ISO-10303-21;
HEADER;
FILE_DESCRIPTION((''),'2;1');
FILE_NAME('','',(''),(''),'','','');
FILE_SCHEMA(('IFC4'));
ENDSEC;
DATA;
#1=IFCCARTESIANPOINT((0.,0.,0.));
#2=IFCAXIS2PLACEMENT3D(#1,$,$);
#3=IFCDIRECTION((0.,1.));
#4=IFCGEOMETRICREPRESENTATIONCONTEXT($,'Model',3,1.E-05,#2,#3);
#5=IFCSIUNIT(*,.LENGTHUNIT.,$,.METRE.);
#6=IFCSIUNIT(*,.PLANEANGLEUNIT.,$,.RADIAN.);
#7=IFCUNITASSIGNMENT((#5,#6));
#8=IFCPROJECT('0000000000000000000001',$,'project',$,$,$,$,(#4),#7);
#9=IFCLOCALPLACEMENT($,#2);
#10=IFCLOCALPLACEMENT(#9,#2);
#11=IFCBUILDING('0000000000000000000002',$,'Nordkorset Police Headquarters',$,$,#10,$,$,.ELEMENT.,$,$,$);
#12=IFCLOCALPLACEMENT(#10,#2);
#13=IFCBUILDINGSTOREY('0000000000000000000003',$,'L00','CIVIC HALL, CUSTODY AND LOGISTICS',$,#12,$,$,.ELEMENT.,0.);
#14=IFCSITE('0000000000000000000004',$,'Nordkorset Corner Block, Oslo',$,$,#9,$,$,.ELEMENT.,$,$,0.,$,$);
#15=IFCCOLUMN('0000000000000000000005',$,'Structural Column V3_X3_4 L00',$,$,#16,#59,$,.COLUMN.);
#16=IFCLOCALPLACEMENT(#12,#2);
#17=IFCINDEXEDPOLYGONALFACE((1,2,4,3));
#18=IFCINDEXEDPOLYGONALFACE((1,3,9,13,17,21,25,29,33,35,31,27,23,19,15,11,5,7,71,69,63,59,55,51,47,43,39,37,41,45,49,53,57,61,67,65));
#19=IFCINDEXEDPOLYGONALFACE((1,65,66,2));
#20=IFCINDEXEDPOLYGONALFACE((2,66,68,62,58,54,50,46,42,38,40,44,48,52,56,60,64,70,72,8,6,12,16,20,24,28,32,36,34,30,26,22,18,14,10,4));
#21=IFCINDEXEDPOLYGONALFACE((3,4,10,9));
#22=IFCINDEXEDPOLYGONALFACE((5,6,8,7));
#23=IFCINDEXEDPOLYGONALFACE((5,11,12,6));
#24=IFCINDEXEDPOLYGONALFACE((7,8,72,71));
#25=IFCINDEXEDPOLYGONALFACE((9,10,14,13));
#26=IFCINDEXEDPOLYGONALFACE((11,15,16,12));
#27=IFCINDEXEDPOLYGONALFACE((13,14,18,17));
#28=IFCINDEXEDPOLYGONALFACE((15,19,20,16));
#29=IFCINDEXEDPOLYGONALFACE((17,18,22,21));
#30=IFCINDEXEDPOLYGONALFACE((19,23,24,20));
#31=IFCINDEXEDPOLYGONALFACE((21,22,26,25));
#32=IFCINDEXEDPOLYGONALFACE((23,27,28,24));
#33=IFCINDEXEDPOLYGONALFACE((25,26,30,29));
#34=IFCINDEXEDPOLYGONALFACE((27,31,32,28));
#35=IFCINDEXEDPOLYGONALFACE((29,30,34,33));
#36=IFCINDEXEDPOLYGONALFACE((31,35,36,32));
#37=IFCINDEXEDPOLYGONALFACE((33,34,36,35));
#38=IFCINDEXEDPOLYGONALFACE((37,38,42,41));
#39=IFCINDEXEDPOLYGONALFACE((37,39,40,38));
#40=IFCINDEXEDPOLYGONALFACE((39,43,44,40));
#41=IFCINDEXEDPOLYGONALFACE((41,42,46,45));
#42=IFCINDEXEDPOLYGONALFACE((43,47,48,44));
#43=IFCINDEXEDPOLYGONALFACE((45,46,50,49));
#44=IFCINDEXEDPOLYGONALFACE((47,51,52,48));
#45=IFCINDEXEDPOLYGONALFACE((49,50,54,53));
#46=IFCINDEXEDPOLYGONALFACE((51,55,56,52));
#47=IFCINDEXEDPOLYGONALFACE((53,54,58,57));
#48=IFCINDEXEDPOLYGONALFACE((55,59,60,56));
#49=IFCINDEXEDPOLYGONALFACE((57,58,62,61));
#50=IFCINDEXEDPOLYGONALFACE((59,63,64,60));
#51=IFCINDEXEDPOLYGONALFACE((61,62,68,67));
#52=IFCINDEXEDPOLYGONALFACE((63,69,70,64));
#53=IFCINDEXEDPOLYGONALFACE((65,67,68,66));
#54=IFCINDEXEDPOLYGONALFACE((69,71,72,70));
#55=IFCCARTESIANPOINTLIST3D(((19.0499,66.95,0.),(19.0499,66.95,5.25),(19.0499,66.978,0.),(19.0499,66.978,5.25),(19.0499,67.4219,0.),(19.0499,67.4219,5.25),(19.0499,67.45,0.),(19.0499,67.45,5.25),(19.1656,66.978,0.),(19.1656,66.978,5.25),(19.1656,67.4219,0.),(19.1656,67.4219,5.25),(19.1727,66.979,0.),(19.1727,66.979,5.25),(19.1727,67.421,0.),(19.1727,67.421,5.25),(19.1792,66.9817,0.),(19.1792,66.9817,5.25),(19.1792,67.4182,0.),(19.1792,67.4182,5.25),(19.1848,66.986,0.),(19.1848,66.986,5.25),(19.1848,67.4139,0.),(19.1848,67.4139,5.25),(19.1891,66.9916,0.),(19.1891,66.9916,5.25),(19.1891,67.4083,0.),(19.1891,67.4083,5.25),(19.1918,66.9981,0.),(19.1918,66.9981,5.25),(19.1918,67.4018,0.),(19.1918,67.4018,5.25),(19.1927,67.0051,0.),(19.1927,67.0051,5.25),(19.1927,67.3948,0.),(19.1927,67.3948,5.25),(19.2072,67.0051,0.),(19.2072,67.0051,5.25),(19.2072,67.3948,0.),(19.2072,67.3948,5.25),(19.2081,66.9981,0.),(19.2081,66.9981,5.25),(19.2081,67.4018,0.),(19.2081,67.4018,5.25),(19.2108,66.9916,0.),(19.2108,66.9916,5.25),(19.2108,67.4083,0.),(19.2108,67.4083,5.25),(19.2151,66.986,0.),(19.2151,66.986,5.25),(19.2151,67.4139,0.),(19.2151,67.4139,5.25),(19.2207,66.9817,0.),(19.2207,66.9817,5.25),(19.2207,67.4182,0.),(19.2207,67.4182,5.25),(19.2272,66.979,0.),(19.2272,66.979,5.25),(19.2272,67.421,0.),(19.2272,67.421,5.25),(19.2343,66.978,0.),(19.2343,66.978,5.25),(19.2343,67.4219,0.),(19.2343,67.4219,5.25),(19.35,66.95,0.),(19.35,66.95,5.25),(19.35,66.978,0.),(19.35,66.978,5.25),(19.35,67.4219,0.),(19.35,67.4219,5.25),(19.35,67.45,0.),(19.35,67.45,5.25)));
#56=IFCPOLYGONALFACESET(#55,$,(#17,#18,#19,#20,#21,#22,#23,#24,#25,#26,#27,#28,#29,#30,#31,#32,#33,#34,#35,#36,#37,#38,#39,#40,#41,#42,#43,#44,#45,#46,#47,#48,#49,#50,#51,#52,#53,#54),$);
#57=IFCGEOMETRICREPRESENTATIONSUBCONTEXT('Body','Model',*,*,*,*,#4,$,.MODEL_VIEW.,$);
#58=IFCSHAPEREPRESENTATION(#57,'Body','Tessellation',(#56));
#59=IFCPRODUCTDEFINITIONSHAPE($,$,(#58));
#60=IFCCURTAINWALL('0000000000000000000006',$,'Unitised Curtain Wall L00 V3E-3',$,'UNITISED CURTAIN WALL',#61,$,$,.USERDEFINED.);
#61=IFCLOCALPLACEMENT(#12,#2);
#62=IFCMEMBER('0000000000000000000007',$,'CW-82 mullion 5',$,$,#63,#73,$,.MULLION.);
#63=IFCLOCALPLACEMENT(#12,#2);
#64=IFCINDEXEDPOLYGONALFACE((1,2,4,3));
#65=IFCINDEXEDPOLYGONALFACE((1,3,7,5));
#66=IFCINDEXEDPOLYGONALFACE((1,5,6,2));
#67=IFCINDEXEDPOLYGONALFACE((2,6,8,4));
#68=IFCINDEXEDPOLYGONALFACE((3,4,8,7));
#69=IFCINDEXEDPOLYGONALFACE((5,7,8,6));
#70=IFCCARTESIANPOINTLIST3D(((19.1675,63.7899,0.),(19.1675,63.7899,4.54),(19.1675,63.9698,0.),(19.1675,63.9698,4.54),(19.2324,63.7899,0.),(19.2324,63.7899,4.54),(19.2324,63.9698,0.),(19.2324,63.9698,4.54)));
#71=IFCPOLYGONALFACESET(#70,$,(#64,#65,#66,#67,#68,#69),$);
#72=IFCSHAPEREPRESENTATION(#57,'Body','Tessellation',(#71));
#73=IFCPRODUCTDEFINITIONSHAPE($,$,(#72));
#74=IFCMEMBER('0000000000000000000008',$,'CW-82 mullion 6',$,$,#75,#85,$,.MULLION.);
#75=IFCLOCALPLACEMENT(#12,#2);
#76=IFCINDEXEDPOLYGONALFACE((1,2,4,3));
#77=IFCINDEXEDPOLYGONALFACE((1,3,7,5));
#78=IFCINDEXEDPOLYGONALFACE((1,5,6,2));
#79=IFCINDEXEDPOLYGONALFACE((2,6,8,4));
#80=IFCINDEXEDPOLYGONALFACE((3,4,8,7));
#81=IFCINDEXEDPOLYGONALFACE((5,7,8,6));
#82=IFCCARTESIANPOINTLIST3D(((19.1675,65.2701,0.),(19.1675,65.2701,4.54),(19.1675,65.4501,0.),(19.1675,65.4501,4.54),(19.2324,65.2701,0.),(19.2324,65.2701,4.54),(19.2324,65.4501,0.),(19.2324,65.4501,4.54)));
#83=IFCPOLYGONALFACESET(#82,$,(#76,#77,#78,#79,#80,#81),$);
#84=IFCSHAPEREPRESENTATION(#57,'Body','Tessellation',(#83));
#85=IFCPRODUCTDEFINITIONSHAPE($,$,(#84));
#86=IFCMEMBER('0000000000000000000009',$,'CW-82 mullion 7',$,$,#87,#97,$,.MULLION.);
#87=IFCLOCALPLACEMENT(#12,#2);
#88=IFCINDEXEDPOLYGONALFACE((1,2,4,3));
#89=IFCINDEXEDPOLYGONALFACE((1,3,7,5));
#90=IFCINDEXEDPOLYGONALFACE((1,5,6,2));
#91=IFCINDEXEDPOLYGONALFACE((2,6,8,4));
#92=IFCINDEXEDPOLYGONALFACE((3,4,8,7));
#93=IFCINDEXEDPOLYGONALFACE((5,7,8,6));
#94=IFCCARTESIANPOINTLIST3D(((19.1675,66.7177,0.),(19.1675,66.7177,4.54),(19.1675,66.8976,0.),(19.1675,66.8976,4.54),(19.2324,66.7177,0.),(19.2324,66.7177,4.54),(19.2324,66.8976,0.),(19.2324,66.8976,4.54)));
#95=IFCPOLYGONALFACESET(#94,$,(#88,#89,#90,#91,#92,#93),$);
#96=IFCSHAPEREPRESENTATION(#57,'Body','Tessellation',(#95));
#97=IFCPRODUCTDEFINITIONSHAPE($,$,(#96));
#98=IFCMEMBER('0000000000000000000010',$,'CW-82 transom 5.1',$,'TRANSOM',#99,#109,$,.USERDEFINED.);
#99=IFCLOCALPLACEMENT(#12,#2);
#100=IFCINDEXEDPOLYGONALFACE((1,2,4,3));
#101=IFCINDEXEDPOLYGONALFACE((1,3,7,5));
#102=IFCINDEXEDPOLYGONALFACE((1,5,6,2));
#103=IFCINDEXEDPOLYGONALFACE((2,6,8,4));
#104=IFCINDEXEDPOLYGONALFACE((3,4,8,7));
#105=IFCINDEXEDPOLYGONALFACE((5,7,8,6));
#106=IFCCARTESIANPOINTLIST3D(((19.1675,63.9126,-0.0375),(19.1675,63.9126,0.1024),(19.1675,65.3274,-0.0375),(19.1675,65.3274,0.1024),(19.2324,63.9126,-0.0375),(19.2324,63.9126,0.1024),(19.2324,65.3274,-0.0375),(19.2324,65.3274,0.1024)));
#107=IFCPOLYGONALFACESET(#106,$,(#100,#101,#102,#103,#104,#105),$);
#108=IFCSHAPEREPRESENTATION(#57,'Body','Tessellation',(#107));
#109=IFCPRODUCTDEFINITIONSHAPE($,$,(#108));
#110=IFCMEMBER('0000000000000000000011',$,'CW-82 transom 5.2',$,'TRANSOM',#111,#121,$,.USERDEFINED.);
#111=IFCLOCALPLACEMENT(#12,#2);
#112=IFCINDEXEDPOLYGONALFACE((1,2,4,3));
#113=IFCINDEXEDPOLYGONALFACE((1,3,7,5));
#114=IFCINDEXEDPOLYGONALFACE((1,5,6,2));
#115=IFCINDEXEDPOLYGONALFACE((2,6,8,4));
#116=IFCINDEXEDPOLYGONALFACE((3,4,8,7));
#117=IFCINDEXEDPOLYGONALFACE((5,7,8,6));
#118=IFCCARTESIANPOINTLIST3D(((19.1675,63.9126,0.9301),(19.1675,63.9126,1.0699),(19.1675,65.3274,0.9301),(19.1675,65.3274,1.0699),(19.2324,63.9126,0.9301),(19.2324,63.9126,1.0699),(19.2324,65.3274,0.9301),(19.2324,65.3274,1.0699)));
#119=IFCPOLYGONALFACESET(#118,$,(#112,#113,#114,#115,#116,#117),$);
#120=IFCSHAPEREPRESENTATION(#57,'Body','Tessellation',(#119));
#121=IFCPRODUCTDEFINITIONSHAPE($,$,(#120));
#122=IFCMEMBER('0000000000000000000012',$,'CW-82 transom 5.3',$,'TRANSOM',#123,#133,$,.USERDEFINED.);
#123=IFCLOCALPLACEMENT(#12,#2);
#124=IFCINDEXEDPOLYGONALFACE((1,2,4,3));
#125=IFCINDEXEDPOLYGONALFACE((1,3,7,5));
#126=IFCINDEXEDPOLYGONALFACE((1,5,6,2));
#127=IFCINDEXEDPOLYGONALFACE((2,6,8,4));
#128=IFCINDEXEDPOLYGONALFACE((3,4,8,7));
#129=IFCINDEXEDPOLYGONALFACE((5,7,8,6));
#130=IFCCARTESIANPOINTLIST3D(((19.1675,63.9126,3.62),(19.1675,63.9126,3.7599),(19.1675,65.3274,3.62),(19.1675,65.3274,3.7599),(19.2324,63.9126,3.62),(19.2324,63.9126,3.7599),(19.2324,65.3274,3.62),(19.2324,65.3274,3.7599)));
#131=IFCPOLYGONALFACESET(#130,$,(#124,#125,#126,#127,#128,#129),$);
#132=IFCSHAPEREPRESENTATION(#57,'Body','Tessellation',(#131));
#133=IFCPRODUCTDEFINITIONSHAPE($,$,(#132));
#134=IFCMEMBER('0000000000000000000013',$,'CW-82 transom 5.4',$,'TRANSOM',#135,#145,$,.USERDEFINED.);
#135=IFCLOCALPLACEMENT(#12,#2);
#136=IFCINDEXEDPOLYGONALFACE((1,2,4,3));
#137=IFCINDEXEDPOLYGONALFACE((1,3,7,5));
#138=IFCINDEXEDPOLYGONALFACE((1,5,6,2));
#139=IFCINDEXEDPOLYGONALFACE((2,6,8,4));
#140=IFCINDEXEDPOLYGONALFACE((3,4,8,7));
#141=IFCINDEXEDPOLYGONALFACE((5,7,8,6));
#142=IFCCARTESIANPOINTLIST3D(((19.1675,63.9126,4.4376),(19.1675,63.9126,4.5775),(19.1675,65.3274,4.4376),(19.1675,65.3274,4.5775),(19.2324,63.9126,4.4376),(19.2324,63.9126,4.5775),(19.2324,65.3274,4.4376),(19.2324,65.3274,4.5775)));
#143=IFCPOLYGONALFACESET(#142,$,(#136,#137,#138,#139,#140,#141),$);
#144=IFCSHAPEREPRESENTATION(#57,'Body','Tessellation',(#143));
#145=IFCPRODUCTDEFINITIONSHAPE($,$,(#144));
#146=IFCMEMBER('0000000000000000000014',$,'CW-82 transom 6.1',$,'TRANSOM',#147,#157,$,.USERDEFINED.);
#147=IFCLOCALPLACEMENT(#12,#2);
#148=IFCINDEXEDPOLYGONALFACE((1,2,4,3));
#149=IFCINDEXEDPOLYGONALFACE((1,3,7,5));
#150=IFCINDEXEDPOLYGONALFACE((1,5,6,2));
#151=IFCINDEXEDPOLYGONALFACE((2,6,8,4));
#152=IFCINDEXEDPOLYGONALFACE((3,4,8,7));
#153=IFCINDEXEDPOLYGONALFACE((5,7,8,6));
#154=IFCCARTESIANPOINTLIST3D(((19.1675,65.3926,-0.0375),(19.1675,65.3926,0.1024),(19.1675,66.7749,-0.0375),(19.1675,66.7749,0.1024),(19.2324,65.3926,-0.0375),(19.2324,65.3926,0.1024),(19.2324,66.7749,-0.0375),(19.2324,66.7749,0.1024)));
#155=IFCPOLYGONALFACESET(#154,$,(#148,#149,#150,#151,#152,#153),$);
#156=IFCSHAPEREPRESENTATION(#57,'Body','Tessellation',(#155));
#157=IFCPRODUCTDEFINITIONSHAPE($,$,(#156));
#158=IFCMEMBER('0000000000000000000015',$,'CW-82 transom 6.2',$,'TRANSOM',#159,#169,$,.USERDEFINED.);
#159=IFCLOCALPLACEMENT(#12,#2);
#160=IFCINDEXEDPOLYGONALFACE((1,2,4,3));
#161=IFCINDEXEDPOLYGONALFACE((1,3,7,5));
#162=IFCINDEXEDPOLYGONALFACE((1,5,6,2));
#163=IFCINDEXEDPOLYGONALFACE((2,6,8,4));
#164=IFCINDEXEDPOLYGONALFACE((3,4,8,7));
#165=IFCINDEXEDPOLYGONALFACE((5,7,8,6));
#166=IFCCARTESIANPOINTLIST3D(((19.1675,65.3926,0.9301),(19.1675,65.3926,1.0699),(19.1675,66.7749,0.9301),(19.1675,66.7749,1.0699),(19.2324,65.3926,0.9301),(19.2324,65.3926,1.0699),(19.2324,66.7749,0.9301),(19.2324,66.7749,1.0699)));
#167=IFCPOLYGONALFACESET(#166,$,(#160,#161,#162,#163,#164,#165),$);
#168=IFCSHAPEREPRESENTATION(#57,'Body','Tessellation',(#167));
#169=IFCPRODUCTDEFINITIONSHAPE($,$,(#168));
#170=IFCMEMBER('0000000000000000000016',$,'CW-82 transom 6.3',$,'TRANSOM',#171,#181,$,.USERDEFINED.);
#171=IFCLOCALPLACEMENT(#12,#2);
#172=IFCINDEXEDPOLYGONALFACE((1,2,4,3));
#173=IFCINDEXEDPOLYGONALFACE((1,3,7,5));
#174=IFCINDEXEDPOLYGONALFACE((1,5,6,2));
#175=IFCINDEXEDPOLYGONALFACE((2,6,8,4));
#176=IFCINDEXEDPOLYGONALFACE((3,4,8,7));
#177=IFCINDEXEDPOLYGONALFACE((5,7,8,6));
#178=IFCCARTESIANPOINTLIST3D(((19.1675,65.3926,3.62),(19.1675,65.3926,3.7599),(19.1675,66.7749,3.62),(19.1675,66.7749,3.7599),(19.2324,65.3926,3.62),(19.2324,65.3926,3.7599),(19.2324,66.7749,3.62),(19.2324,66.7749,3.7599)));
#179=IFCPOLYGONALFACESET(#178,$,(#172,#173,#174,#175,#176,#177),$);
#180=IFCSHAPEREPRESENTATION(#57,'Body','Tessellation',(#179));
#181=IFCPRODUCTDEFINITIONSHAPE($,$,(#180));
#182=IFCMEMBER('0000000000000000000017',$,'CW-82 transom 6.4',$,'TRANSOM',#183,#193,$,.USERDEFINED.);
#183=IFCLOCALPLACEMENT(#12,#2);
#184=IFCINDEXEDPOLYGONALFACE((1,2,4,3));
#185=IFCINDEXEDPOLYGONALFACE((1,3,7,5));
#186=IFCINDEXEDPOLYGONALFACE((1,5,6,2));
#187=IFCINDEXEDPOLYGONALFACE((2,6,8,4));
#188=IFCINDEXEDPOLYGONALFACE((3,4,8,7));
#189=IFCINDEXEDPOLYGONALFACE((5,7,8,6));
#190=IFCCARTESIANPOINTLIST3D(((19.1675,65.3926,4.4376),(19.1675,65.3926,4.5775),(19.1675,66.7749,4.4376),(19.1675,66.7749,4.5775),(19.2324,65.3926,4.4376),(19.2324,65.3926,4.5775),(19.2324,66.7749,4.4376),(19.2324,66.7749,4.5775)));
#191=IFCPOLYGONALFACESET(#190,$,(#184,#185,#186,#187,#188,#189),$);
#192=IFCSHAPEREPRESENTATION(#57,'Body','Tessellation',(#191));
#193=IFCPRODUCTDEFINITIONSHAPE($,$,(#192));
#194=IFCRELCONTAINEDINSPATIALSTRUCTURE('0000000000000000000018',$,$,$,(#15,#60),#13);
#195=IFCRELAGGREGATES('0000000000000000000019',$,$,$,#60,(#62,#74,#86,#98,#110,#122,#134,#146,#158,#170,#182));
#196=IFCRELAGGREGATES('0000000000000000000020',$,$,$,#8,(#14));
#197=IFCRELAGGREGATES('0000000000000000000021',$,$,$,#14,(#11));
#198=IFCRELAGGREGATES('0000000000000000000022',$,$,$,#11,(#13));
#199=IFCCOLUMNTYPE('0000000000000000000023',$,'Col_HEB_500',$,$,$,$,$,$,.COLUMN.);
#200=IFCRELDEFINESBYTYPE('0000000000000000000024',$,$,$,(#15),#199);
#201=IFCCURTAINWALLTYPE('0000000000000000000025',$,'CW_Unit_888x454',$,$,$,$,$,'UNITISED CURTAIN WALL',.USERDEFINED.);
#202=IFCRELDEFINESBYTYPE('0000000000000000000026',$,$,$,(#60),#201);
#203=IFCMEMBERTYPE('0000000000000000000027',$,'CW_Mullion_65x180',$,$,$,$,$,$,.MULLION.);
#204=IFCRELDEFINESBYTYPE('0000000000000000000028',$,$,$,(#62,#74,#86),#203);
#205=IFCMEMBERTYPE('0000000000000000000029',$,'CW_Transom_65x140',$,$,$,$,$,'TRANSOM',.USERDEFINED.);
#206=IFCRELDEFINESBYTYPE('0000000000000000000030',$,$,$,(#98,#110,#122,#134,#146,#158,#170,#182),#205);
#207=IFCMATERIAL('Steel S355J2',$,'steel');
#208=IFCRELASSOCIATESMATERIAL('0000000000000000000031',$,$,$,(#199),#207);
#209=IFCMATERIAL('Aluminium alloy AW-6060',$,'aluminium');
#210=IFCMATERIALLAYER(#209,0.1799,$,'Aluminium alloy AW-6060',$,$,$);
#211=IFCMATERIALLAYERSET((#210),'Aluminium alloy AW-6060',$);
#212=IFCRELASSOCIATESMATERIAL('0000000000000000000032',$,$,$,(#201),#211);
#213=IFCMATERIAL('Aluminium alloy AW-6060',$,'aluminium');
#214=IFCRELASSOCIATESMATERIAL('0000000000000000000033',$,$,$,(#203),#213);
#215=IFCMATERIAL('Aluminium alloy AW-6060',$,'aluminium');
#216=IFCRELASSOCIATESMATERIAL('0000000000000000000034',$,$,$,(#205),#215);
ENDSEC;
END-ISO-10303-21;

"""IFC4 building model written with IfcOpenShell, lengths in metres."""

from ifc_helpers import new_model, si_unit, direction, frame, origin, origin_2d, place, context, subcontext, project, spatial, rectangle, i_section, extrude, material, layer, layer_set, material_profile, profile_set, type_object, element, aggregate, save


model = new_model("IFC4")

# Units and contexts
model_context = context("Model", 3, precision=1e-05, world=origin(), true_north=direction((0.0, 1.0)))
body_context = subcontext(model_context, "Body", "Model", "MODEL_VIEW")
ifc_project = project(units=[si_unit("LENGTHUNIT", "METRE"), si_unit("PLANEANGLEUNIT", "RADIAN")], contexts=[model_context])

# Site, building, storey
site_placement = place(None, origin())
site = spatial("IfcSite", under=ifc_project, at=site_placement, Name="Nordkorset Corner Block, Oslo", CompositionType="ELEMENT", RefElevation=0.0)
building_placement = place(site_placement, origin())
building = spatial("IfcBuilding", under=site, at=building_placement, Name="Nordkorset Police Headquarters", CompositionType="ELEMENT")
storey_placement = place(building_placement, origin())
storey = spatial("IfcBuildingStorey", under=building, at=storey_placement, Name="L00", Description="CIVIC HALL, CUSTODY AND LOGISTICS", CompositionType="ELEMENT", Elevation=0.0)

# Column
ifc_material_1 = material(Name="Steel S355J2", Category="steel")
ifc_material_profile_1 = material_profile(ifc_material_1, i_section(OverallWidth=0.3, OverallDepth=0.5, WebThickness=0.0144, FlangeThickness=0.0281, FilletRadius=0.0271, at=origin_2d()), Name="HEB 500")
ifc_profile_set_1 = profile_set([ifc_material_profile_1], Name="Steel S355J2")
column_type = type_object("IfcColumnType", Name="Col_HEB_500", PredefinedType="COLUMN", material=ifc_profile_set_1)
column_placement = place(storey_placement, frame((19.2, 67.2, 0.0), z_axis=(0.0, 0.0, 1.0), x_axis=(1.0, 0.0, 0.0)))
element("IfcColumn", 1, at=column_placement, inside=storey, type_object=column_type, Name="Structural Column V3_X3_4 L00", PredefinedType="COLUMN", context=body_context, shape_type="SweptSolid", body=[
    extrude(i_section(OverallWidth=0.3, OverallDepth=0.5, WebThickness=0.0144, FlangeThickness=0.0281, FilletRadius=0.0271, at=origin_2d()), origin(), (0.0, 0.0, 1.0), 5.25),
])

# Curtain wall, members
ifc_material_2 = material(Name="Aluminium alloy AW-6060", Category="aluminium")
ifc_layer_1 = layer(ifc_material_2, 0.1799, Name="Aluminium alloy AW-6060")
ifc_layer_set_1 = layer_set([ifc_layer_1], Name="Aluminium alloy AW-6060")
curtain_wall_type = type_object("IfcCurtainWallType", Name="CW_Unit_888x454", ElementType="UNITISED CURTAIN WALL", PredefinedType="USERDEFINED", material=ifc_layer_set_1)
curtain_wall_placement = place(storey_placement, origin())
curtain_wall = element("IfcCurtainWall", 2, at=curtain_wall_placement, inside=storey, type_object=curtain_wall_type, Name="Unitised Curtain Wall L00 V3E-3", ObjectType="UNITISED CURTAIN WALL", PredefinedType="USERDEFINED")
ifc_material_3 = material(Name="Aluminium alloy AW-6060", Category="aluminium")
ifc_material_profile_2 = material_profile(ifc_material_3, rectangle(XDim=0.0649, YDim=0.1799, at=origin_2d()), Name="ALU MULL 65x180")
ifc_profile_set_2 = profile_set([ifc_material_profile_2], Name="Aluminium alloy AW-6060")
member_type_1 = type_object("IfcMemberType", Name="CW_Mullion_65x180", PredefinedType="MULLION", material=ifc_profile_set_2)
member_1_placement = place(storey_placement, frame((19.2, 63.8799, 0.0), z_axis=(0.0, 0.0, 1.0), x_axis=(-1.0, 0.0, 0.0)))
member_1 = element("IfcMember", 3, at=member_1_placement, type_object=member_type_1, Name="CW-82 mullion 5", PredefinedType="MULLION", context=body_context, shape_type="SweptSolid", body=[
    extrude(rectangle(XDim=0.0649, YDim=0.1799, at=origin_2d()), origin(), (0.0, 0.0, 1.0), 4.54),
])
member_2_placement = place(storey_placement, frame((19.2, 65.3601, 0.0), z_axis=(0.0, 0.0, 1.0), x_axis=(-1.0, 0.0, 0.0)))
member_2 = element("IfcMember", 4, at=member_2_placement, type_object=member_type_1, Name="CW-82 mullion 6", PredefinedType="MULLION", context=body_context, shape_type="SweptSolid", body=[
    extrude(rectangle(XDim=0.0649, YDim=0.1799, at=origin_2d()), origin(), (0.0, 0.0, 1.0), 4.54),
])
member_3_placement = place(storey_placement, frame((19.2, 66.8076, 0.0), z_axis=(0.0, 0.0, 1.0), x_axis=(-1.0, 0.0, 0.0)))
member_3 = element("IfcMember", 5, at=member_3_placement, type_object=member_type_1, Name="CW-82 mullion 7", PredefinedType="MULLION", context=body_context, shape_type="SweptSolid", body=[
    extrude(rectangle(XDim=0.0649, YDim=0.1799, at=origin_2d()), origin(), (0.0, 0.0, 1.0), 4.54),
])
ifc_material_4 = material(Name="Aluminium alloy AW-6060", Category="aluminium")
ifc_material_profile_3 = material_profile(ifc_material_4, rectangle(XDim=0.0649, YDim=0.1399, at=origin_2d()), Name="ALU TRAN 65x140")
ifc_profile_set_3 = profile_set([ifc_material_profile_3], Name="Aluminium alloy AW-6060")
member_type_2 = type_object("IfcMemberType", Name="CW_Transom_65x140", ElementType="TRANSOM", PredefinedType="USERDEFINED", material=ifc_profile_set_3)
member_4_placement = place(storey_placement, frame((19.2, 63.9126, 0.0325), z_axis=(0.0, 1.0, 0.0), x_axis=(-1.0, 0.0, 0.0)))
member_4 = element("IfcMember", 6, at=member_4_placement, type_object=member_type_2, Name="CW-82 transom 5.1", ObjectType="TRANSOM", PredefinedType="USERDEFINED", context=body_context, shape_type="SweptSolid", body=[
    extrude(rectangle(XDim=0.0649, YDim=0.1399, at=origin_2d()), origin(), (0.0, 0.0, 1.0), 1.4148),
])
member_5_placement = place(storey_placement, frame((19.2, 63.9126, 1.0), z_axis=(0.0, 1.0, 0.0), x_axis=(-1.0, 0.0, 0.0)))
member_5 = element("IfcMember", 7, at=member_5_placement, type_object=member_type_2, Name="CW-82 transom 5.2", ObjectType="TRANSOM", PredefinedType="USERDEFINED", context=body_context, shape_type="SweptSolid", body=[
    extrude(rectangle(XDim=0.0649, YDim=0.1399, at=origin_2d()), origin(), (0.0, 0.0, 1.0), 1.4148),
])
member_6_placement = place(storey_placement, frame((19.2, 63.9126, 3.6899), z_axis=(0.0, 1.0, 0.0), x_axis=(-1.0, 0.0, 0.0)))
member_6 = element("IfcMember", 8, at=member_6_placement, type_object=member_type_2, Name="CW-82 transom 5.3", ObjectType="TRANSOM", PredefinedType="USERDEFINED", context=body_context, shape_type="SweptSolid", body=[
    extrude(rectangle(XDim=0.0649, YDim=0.1399, at=origin_2d()), origin(), (0.0, 0.0, 1.0), 1.4148),
])
member_7_placement = place(storey_placement, frame((19.2, 63.9126, 4.5076), z_axis=(0.0, 1.0, 0.0), x_axis=(-1.0, 0.0, 0.0)))
member_7 = element("IfcMember", 9, at=member_7_placement, type_object=member_type_2, Name="CW-82 transom 5.4", ObjectType="TRANSOM", PredefinedType="USERDEFINED", context=body_context, shape_type="SweptSolid", body=[
    extrude(rectangle(XDim=0.0649, YDim=0.1399, at=origin_2d()), origin(), (0.0, 0.0, 1.0), 1.4148),
])
member_8_placement = place(storey_placement, frame((19.2, 65.3926, 0.0325), z_axis=(0.0, 1.0, 0.0), x_axis=(-1.0, 0.0, 0.0)))
member_8 = element("IfcMember", 10, at=member_8_placement, type_object=member_type_2, Name="CW-82 transom 6.1", ObjectType="TRANSOM", PredefinedType="USERDEFINED", context=body_context, shape_type="SweptSolid", body=[
    extrude(rectangle(XDim=0.0649, YDim=0.1399, at=origin_2d()), origin(), (0.0, 0.0, 1.0), 1.3823),
])
member_9_placement = place(storey_placement, frame((19.2, 65.3926, 1.0), z_axis=(0.0, 1.0, 0.0), x_axis=(-1.0, 0.0, 0.0)))
member_9 = element("IfcMember", 11, at=member_9_placement, type_object=member_type_2, Name="CW-82 transom 6.2", ObjectType="TRANSOM", PredefinedType="USERDEFINED", context=body_context, shape_type="SweptSolid", body=[
    extrude(rectangle(XDim=0.0649, YDim=0.1399, at=origin_2d()), origin(), (0.0, 0.0, 1.0), 1.3823),
])
member_10_placement = place(storey_placement, frame((19.2, 65.3926, 3.6899), z_axis=(0.0, 1.0, 0.0), x_axis=(-1.0, 0.0, 0.0)))
member_10 = element("IfcMember", 12, at=member_10_placement, type_object=member_type_2, Name="CW-82 transom 6.3", ObjectType="TRANSOM", PredefinedType="USERDEFINED", context=body_context, shape_type="SweptSolid", body=[
    extrude(rectangle(XDim=0.0649, YDim=0.1399, at=origin_2d()), origin(), (0.0, 0.0, 1.0), 1.3823),
])
member_11_placement = place(storey_placement, frame((19.2, 65.3926, 4.5076), z_axis=(0.0, 1.0, 0.0), x_axis=(-1.0, 0.0, 0.0)))
member_11 = element("IfcMember", 13, at=member_11_placement, type_object=member_type_2, Name="CW-82 transom 6.4", ObjectType="TRANSOM", PredefinedType="USERDEFINED", context=body_context, shape_type="SweptSolid", body=[
    extrude(rectangle(XDim=0.0649, YDim=0.1399, at=origin_2d()), origin(), (0.0, 0.0, 1.0), 1.3823),
])

aggregate(curtain_wall, [member_1, member_2, member_3, member_4, member_5, member_6, member_7, member_8, member_9, member_10, member_11])

save(model, "model.ifc")
